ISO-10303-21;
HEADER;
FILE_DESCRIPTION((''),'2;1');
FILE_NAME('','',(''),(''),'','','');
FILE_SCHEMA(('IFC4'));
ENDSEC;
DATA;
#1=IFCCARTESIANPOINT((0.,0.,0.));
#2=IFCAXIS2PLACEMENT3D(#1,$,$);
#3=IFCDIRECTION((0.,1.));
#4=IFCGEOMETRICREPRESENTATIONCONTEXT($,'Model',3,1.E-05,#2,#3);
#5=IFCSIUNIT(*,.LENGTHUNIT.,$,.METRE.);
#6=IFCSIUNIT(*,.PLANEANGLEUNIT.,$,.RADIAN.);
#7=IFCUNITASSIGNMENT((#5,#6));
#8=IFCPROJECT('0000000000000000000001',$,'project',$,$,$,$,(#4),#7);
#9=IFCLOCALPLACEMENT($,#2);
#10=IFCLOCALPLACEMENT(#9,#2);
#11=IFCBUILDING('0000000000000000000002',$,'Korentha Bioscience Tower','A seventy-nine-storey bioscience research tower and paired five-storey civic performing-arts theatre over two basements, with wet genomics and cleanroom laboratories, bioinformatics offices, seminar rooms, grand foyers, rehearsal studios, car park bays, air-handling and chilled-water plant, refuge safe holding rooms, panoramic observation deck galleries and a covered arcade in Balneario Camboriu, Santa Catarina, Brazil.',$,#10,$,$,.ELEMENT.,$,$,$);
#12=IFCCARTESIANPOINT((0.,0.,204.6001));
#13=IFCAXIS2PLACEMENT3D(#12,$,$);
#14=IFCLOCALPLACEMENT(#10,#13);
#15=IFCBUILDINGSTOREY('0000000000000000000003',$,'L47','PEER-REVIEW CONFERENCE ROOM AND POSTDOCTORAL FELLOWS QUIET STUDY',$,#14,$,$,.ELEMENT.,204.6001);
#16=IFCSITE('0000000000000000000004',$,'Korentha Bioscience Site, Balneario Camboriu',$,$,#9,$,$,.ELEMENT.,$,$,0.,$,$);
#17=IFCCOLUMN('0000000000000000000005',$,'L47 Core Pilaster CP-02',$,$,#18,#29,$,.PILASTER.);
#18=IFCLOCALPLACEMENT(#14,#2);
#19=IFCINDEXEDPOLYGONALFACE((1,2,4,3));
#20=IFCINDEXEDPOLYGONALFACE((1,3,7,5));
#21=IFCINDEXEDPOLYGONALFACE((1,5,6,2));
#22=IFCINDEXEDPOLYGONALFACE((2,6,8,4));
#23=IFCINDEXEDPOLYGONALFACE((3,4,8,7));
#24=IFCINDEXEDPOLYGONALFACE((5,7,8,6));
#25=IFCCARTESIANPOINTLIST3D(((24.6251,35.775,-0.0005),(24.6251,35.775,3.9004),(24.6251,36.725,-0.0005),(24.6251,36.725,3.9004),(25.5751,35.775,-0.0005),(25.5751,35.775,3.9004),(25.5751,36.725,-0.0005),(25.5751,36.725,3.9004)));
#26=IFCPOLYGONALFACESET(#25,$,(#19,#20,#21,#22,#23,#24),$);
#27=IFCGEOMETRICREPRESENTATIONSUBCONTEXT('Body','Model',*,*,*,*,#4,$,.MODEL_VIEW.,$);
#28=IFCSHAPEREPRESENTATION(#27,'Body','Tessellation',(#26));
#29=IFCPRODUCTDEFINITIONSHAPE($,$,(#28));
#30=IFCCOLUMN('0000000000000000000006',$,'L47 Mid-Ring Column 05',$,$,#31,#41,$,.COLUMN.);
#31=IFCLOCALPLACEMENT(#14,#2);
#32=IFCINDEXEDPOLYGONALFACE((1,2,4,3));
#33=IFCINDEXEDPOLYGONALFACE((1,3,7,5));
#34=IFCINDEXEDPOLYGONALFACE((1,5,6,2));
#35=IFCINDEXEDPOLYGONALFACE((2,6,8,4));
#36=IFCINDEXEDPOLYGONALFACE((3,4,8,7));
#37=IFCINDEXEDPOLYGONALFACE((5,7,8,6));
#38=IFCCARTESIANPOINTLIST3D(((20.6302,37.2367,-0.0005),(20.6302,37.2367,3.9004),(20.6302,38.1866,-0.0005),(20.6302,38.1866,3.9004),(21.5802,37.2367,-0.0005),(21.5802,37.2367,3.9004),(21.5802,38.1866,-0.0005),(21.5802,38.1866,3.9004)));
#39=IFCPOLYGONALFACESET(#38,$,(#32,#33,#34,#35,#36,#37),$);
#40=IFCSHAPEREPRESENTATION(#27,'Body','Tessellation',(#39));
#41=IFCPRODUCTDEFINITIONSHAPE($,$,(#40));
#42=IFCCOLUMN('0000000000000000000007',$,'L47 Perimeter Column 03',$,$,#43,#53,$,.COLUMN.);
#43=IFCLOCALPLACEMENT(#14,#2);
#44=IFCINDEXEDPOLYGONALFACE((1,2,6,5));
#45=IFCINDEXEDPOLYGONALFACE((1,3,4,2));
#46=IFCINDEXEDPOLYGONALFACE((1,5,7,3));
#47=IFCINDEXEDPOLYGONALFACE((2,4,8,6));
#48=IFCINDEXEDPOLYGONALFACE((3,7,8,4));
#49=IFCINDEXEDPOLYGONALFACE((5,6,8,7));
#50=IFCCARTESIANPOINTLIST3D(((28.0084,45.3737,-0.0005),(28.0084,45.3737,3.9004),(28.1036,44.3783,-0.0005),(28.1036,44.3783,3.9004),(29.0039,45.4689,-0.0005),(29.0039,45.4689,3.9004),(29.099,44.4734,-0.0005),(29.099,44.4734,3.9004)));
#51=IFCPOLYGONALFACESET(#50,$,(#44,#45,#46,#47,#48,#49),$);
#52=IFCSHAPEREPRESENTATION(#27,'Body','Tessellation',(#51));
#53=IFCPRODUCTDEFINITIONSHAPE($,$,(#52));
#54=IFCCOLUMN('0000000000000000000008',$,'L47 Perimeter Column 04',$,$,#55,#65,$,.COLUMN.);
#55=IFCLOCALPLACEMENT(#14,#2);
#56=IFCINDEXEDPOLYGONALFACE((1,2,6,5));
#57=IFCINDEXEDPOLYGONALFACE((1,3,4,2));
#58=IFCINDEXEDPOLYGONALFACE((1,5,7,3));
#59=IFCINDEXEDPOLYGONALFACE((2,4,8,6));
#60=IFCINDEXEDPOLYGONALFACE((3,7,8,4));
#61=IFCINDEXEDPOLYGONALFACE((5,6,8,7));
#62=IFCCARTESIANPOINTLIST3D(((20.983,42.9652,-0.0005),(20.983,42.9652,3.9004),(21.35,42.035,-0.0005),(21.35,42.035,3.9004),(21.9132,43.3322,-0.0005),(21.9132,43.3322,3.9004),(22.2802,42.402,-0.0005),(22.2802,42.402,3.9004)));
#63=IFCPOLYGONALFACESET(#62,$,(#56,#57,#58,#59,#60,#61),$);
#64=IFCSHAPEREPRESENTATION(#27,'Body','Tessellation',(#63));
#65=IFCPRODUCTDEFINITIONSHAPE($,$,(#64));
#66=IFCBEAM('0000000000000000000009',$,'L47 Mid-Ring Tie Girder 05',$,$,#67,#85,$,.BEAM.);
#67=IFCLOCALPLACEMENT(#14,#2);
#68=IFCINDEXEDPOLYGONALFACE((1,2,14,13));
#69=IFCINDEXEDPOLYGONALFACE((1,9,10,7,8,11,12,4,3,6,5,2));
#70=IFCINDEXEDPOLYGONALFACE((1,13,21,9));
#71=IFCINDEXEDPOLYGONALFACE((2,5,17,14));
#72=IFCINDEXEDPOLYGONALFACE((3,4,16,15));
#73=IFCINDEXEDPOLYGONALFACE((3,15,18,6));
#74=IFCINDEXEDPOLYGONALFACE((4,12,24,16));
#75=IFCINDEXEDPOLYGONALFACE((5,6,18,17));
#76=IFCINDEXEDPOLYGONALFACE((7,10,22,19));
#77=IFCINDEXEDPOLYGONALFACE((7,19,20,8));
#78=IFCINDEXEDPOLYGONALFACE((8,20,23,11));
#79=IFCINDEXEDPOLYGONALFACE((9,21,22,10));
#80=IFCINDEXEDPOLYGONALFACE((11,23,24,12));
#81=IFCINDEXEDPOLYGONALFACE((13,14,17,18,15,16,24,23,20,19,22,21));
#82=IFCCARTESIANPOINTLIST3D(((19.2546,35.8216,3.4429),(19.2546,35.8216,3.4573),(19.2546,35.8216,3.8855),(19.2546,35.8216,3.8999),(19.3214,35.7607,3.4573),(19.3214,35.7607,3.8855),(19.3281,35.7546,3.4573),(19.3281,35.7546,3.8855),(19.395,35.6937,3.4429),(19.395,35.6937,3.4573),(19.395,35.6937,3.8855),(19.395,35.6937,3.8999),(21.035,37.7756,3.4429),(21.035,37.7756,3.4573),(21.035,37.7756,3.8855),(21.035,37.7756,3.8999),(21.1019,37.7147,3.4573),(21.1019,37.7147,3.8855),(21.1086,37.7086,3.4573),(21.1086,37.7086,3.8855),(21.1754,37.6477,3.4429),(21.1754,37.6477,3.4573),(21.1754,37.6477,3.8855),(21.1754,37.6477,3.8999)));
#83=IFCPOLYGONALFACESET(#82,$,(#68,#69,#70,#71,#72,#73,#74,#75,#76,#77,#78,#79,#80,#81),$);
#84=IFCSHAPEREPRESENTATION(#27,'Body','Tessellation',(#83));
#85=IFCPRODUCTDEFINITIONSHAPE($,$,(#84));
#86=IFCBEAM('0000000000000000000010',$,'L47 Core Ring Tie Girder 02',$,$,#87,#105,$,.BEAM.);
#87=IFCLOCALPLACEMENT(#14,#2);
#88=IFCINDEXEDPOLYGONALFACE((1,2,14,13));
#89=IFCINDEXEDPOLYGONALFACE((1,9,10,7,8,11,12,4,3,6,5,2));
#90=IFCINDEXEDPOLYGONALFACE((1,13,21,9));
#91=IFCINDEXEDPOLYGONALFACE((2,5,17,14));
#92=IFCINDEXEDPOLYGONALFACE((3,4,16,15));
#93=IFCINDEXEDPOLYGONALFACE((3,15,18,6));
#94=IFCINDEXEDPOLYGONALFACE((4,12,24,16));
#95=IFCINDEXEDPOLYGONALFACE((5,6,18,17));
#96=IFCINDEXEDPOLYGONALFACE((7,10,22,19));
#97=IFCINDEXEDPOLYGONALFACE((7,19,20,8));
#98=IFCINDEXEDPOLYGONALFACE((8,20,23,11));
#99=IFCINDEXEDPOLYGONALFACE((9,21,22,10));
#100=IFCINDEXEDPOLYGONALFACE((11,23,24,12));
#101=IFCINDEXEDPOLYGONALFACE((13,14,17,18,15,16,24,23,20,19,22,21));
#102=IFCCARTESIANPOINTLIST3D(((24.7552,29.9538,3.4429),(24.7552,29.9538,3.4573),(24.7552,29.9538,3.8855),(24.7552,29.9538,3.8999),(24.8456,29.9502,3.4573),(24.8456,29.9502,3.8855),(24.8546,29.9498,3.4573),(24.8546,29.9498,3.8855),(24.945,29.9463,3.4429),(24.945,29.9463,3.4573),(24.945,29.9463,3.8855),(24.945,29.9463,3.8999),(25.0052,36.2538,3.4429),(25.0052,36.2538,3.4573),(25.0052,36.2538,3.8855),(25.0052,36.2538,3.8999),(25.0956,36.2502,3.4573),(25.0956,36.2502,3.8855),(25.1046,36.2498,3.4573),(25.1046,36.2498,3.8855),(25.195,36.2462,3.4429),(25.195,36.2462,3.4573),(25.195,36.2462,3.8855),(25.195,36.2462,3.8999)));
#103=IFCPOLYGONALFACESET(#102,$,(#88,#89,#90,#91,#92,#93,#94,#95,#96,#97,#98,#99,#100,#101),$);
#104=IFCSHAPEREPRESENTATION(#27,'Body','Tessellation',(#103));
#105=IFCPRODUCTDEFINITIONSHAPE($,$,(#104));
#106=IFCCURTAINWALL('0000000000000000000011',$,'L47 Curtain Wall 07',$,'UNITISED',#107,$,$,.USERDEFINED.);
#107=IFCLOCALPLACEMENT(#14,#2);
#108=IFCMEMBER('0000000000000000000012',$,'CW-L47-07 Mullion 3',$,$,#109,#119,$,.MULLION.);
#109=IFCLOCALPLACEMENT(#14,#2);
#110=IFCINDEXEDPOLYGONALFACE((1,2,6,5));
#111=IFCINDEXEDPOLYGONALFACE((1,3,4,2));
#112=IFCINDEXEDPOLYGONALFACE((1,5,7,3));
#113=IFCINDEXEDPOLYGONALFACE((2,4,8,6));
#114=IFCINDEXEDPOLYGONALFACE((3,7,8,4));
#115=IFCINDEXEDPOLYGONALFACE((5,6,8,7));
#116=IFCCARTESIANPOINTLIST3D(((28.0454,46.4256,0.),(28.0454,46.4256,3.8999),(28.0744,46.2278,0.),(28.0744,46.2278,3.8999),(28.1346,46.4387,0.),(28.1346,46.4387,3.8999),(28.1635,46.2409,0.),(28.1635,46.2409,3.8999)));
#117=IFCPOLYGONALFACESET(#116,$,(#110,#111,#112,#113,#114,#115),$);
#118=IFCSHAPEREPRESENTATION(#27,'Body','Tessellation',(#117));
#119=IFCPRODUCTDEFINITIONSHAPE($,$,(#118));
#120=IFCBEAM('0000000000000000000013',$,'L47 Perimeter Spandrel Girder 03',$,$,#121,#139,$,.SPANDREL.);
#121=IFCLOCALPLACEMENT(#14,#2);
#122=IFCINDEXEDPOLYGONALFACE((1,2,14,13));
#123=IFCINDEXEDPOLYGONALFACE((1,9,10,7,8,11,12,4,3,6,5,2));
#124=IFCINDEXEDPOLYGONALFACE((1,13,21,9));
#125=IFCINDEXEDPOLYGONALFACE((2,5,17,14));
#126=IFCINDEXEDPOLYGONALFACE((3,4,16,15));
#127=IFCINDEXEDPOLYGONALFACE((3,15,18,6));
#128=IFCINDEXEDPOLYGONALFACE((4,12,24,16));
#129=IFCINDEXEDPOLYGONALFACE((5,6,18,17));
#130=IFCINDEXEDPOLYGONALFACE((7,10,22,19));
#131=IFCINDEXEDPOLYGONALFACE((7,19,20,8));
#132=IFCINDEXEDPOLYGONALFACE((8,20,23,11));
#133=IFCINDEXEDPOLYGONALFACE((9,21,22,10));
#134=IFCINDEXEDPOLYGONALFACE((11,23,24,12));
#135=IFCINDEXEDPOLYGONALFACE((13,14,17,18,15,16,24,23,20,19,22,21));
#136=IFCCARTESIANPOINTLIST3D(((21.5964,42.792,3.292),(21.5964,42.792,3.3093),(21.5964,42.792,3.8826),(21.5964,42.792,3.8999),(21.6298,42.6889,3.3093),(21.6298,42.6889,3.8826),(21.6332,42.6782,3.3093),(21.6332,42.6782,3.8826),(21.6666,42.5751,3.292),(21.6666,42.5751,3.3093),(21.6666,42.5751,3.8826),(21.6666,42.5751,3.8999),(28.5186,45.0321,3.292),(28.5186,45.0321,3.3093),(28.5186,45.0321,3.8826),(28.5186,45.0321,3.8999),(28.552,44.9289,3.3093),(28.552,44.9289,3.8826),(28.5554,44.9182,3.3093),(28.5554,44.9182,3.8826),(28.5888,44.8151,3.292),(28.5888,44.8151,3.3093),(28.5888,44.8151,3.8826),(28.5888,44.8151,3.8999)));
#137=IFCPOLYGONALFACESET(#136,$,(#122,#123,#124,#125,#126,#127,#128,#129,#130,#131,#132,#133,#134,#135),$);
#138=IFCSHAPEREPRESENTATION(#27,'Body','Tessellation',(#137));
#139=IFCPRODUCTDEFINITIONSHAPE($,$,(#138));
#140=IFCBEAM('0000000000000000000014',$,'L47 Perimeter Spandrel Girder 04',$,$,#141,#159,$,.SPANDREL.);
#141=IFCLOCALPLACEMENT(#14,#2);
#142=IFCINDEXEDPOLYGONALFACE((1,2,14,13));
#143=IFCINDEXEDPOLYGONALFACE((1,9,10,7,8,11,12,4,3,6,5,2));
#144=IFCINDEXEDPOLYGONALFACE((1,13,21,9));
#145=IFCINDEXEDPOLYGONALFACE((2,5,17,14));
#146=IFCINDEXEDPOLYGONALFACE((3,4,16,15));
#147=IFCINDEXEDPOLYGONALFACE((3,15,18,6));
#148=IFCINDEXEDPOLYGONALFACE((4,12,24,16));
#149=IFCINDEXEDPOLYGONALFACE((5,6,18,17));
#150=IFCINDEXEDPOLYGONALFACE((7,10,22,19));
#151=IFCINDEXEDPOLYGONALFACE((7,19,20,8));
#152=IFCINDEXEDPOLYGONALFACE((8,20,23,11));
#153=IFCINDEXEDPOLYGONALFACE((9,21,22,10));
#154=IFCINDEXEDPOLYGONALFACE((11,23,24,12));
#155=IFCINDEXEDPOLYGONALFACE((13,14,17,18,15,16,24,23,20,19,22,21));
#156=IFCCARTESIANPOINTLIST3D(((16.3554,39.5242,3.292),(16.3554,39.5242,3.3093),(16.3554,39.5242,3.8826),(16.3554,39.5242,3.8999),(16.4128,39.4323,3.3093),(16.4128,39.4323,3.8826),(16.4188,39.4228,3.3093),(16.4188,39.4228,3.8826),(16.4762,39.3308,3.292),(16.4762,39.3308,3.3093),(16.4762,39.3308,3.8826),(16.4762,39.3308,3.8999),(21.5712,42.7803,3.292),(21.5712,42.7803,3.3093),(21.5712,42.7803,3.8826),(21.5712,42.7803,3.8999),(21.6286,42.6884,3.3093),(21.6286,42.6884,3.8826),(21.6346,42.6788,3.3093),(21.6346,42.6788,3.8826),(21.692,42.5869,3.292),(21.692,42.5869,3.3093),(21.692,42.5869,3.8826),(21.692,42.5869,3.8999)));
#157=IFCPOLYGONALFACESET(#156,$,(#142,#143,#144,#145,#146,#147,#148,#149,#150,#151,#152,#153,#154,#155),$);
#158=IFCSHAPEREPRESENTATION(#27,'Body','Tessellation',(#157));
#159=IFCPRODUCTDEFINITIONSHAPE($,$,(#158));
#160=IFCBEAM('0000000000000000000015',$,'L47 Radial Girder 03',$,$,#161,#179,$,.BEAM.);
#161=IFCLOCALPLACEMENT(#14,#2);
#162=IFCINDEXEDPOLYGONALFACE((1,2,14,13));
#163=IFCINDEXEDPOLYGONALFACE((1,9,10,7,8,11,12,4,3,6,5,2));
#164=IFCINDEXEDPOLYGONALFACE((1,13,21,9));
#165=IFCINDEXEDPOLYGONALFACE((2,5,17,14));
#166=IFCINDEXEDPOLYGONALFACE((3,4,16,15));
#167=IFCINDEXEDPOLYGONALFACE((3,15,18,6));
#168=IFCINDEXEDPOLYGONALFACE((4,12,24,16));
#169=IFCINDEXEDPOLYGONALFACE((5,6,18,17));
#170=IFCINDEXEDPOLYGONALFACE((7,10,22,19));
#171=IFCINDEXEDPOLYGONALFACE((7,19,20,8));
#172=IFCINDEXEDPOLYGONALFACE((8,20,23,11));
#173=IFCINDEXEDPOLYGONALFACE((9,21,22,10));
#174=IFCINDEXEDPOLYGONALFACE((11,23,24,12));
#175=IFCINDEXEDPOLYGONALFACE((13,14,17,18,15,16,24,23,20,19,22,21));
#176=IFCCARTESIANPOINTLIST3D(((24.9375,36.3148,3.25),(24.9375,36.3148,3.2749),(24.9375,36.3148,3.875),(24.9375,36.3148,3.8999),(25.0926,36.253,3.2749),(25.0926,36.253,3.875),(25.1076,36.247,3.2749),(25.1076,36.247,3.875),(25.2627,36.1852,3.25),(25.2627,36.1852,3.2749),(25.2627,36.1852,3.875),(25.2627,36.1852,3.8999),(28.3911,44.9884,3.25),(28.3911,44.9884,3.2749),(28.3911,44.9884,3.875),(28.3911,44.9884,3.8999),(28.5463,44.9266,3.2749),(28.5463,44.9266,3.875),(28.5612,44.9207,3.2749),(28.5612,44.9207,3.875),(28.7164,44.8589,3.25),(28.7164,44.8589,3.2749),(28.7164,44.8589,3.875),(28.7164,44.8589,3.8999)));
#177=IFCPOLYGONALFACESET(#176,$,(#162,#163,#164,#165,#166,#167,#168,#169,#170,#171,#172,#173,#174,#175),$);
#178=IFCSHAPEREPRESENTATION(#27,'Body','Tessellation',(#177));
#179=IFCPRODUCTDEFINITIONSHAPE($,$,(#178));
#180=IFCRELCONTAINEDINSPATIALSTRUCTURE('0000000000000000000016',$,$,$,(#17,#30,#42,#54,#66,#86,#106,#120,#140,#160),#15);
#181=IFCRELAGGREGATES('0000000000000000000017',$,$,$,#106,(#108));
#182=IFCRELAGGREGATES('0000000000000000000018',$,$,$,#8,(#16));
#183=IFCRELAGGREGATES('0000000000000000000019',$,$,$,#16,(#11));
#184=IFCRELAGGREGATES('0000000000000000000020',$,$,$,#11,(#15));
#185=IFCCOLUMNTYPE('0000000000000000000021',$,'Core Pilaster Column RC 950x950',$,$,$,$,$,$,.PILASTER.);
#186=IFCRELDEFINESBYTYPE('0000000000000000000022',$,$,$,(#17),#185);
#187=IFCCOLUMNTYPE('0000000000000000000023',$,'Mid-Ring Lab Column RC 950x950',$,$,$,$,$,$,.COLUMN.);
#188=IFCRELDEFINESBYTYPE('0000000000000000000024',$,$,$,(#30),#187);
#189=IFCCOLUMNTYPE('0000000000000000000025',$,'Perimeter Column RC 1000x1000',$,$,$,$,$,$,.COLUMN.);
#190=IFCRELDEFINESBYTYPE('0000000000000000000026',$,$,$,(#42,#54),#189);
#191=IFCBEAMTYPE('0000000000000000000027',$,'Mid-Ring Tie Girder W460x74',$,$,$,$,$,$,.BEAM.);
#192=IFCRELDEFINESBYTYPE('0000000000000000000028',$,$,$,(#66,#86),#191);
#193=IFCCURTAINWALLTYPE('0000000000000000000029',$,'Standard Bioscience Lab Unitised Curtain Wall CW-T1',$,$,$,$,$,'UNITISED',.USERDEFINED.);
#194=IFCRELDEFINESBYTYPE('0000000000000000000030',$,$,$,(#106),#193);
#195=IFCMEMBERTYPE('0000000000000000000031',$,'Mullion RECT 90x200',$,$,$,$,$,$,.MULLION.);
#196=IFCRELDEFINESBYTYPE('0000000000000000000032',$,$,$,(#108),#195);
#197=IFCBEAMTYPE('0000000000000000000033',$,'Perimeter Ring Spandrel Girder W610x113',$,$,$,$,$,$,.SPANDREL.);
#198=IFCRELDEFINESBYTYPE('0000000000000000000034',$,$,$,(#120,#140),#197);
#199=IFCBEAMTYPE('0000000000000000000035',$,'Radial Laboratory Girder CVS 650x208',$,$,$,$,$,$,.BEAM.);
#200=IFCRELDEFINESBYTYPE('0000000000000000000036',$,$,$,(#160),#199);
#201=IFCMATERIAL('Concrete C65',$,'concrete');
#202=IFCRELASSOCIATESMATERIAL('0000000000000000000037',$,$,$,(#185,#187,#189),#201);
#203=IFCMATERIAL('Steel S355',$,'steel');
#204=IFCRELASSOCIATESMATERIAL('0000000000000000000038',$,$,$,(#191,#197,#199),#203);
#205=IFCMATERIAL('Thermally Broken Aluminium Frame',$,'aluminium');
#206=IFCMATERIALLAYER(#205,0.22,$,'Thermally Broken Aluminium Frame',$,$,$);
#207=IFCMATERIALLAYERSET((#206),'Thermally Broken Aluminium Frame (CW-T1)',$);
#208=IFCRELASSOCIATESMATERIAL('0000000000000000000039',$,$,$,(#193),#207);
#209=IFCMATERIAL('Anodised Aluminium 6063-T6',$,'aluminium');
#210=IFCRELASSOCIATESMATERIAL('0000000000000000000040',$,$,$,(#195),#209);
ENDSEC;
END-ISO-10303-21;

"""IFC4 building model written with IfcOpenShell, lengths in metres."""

from ifc_helpers import new_model, si_unit, direction, frame, origin, origin_2d, place, context, subcontext, project, spatial, rectangle, i_section, extrude, material, layer, layer_set, material_profile, profile_set, type_object, element, aggregate, save


model = new_model("IFC4")

# Units and contexts
model_context = context("Model", 3, precision=1e-05, world=origin(), true_north=direction((0.0, 1.0)))
body_context = subcontext(model_context, "Body", "Model", "MODEL_VIEW")
ifc_project = project(units=[si_unit("LENGTHUNIT", "METRE"), si_unit("PLANEANGLEUNIT", "RADIAN")], contexts=[model_context])

# Site, building, storey
site_placement = place(None, origin())
site = spatial("IfcSite", under=ifc_project, at=site_placement, Name="Korentha Bioscience Site, Balneario Camboriu", CompositionType="ELEMENT", RefElevation=0.0)
building_placement = place(site_placement, origin())
building = spatial("IfcBuilding", under=site, at=building_placement, Name="Korentha Bioscience Tower", Description="A seventy-nine-storey bioscience research tower and paired five-storey civic performing-arts theatre over two basements, with wet genomics and cleanroom laboratories, bioinformatics offices, seminar rooms, grand foyers, rehearsal studios, car park bays, air-handling and chilled-water plant, refuge safe holding rooms, panoramic observation deck galleries and a covered arcade in Balneario Camboriu, Santa Catarina, Brazil.", CompositionType="ELEMENT")
storey_placement = place(building_placement, frame((0.0, 0.0, 204.6001)))
storey = spatial("IfcBuildingStorey", under=building, at=storey_placement, Name="L47", Description="PEER-REVIEW CONFERENCE ROOM AND POSTDOCTORAL FELLOWS QUIET STUDY", CompositionType="ELEMENT", Elevation=204.6001)

# Columns
ifc_material_1 = material(Name="Concrete C65", Category="concrete")
ifc_material_profile_1 = material_profile(ifc_material_1, rectangle(XDim=0.95, YDim=0.95, at=origin_2d()), Name="Concrete C65")
ifc_profile_set_1 = profile_set([ifc_material_profile_1], Name="Concrete C65 (COL-CP09)")
column_type_1 = type_object("IfcColumnType", Name="Core Pilaster Column RC 950x950", PredefinedType="PILASTER", material=ifc_profile_set_1)
column_1_placement = place(storey_placement, frame((25.1001, 36.25, -0.0005), z_axis=(0.0, 0.0, 1.0), x_axis=(1.0, 0.0, 0.0)))
element("IfcColumn", 1, at=column_1_placement, inside=storey, type_object=column_type_1, Name="L47 Core Pilaster CP-02", PredefinedType="PILASTER", context=body_context, shape_type="SweptSolid", body=[
    extrude(rectangle(XDim=0.95, YDim=0.95, at=origin_2d()), origin(), (0.0, 0.0, 1.0), 3.9009),
])
ifc_material_profile_2 = material_profile(ifc_material_1, rectangle(XDim=0.95, YDim=0.95, at=origin_2d()), Name="Concrete C65")
ifc_profile_set_2 = profile_set([ifc_material_profile_2], Name="Concrete C65 (COL-MR09)")
column_type_2 = type_object("IfcColumnType", Name="Mid-Ring Lab Column RC 950x950", PredefinedType="COLUMN", material=ifc_profile_set_2)
column_2_placement = place(storey_placement, frame((21.1052, 37.7117, -0.0005), z_axis=(0.0, 0.0, 1.0), x_axis=(1.0, 0.0, 0.0)))
element("IfcColumn", 2, at=column_2_placement, inside=storey, type_object=column_type_2, Name="L47 Mid-Ring Column 05", PredefinedType="COLUMN", context=body_context, shape_type="SweptSolid", body=[
    extrude(rectangle(XDim=0.95, YDim=0.95, at=origin_2d()), origin(), (0.0, 0.0, 1.0), 3.9009),
])
ifc_material_profile_3 = material_profile(ifc_material_1, rectangle(XDim=1.0, YDim=1.0, at=origin_2d()), Name="Concrete C65")
ifc_profile_set_3 = profile_set([ifc_material_profile_3], Name="Concrete C65 (COL-P10)")
column_type_3 = type_object("IfcColumnType", Name="Perimeter Column RC 1000x1000", PredefinedType="COLUMN", material=ifc_profile_set_3)
for number, where, z_axis, x_axis, name in (
    (3, (28.5537, 44.9236, -0.0005), (0.0, 0.0, 1.0), (0.995463, 0.095151, 0.0), "L47 Perimeter Column 03"),
    (4, (21.6316, 42.6836, -0.0005), (0.0, 0.0, 1.0), (0.930226, 0.366988, 0.0), "L47 Perimeter Column 04"),
):
    element("IfcColumn", number, at=place(storey_placement, frame(where, z_axis=z_axis, x_axis=x_axis)), inside=storey, type_object=column_type_3, Name=name, PredefinedType="COLUMN", context=body_context, shape_type="SweptSolid", body=[
        extrude(rectangle(XDim=1.0, YDim=1.0, at=origin_2d()), origin(), (0.0, 0.0, 1.0), 3.9009),
    ])

# Beams
ifc_material_2 = material(Name="Steel S355", Category="steel")
ifc_material_profile_4 = material_profile(ifc_material_2, i_section(OverallWidth=0.1899, OverallDepth=0.457, WebThickness=0.009, FlangeThickness=0.0144, at=origin_2d()), Name="Steel S355")
ifc_profile_set_4 = profile_set([ifc_material_profile_4], Name="Steel S355 (MB-460)")
beam_type_1 = type_object("IfcBeamType", Name="Mid-Ring Tie Girder W460x74", PredefinedType="BEAM", material=ifc_profile_set_4)
beam_1_placement = place(storey_placement, frame((21.1052, 37.7117, 3.6714), z_axis=(-0.673514, -0.739175, 0.0), x_axis=(0.739175, -0.673514, 0.0)))
element("IfcBeam", 5, at=beam_1_placement, inside=storey, type_object=beam_type_1, Name="L47 Mid-Ring Tie Girder 05", PredefinedType="BEAM", context=body_context, shape_type="SweptSolid", body=[
    extrude(i_section(OverallWidth=0.1899, OverallDepth=0.457, WebThickness=0.009, FlangeThickness=0.0144, at=origin_2d()), origin(), (0.0, 0.0, 1.0), 2.6436),
])
beam_2_placement = place(storey_placement, frame((25.1001, 36.25, 3.6714), z_axis=(-0.039651, -0.999214, 0.0), x_axis=(0.999214, -0.039651, 0.0)))
element("IfcBeam", 6, at=beam_2_placement, inside=storey, type_object=beam_type_1, Name="L47 Core Ring Tie Girder 02", PredefinedType="BEAM", context=body_context, shape_type="SweptSolid", body=[
    extrude(i_section(OverallWidth=0.1899, OverallDepth=0.457, WebThickness=0.009, FlangeThickness=0.0144, at=origin_2d()), origin(), (0.0, 0.0, 1.0), 6.3049),
])

# Curtain wall, member
ifc_material_3 = material(Name="Thermally Broken Aluminium Frame", Category="aluminium")
ifc_layer_1 = layer(ifc_material_3, 0.22, Name="Thermally Broken Aluminium Frame")
ifc_layer_set_1 = layer_set([ifc_layer_1], Name="Thermally Broken Aluminium Frame (CW-T1)")
curtain_wall_type = type_object("IfcCurtainWallType", Name="Standard Bioscience Lab Unitised Curtain Wall CW-T1", ElementType="UNITISED", PredefinedType="USERDEFINED", material=ifc_layer_set_1)
curtain_wall_placement = place(storey_placement, origin())
curtain_wall = element("IfcCurtainWall", 7, at=curtain_wall_placement, inside=storey, type_object=curtain_wall_type, Name="L47 Curtain Wall 07", ObjectType="UNITISED", PredefinedType="USERDEFINED")
ifc_material_4 = material(Name="Anodised Aluminium 6063-T6", Category="aluminium")
ifc_material_profile_5 = material_profile(ifc_material_4, rectangle(XDim=0.0901, YDim=0.2, at=origin_2d()), Name="Anodised Aluminium 6063-T6")
ifc_profile_set_5 = profile_set([ifc_material_profile_5], Name="Anodised Aluminium 6063-T6 (CW-MUL)")
member_type = type_object("IfcMemberType", Name="Mullion RECT 90x200", PredefinedType="MULLION", material=ifc_profile_set_5)
member_placement = place(storey_placement, frame((28.1045, 46.3333, 0.0), z_axis=(0.0, 0.0, 1.0), x_axis=(-0.989449, -0.144878, 0.0)))
member = element("IfcMember", 8, at=member_placement, type_object=member_type, Name="CW-L47-07 Mullion 3", PredefinedType="MULLION", context=body_context, shape_type="SweptSolid", body=[
    extrude(rectangle(XDim=0.0901, YDim=0.2, at=origin_2d()), origin(), (0.0, 0.0, 1.0), 3.8999),
])
aggregate(curtain_wall, [member])

# Beams
ifc_material_profile_6 = material_profile(ifc_material_2, i_section(OverallWidth=0.228, OverallDepth=0.6079, WebThickness=0.0112, FlangeThickness=0.0173, at=origin_2d()), Name="Steel S355")
ifc_profile_set_6 = profile_set([ifc_material_profile_6], Name="Steel S355 (SB-610)")
beam_type_2 = type_object("IfcBeamType", Name="Perimeter Ring Spandrel Girder W610x113", PredefinedType="SPANDREL", material=ifc_profile_set_6)
beam_3_placement = place(storey_placement, frame((28.5537, 44.9236, 3.5959), z_axis=(-0.951425, -0.30788, 0.0), x_axis=(0.30788, -0.951425, 0.0)))
element("IfcBeam", 9, at=beam_3_placement, inside=storey, type_object=beam_type_2, Name="L47 Perimeter Spandrel Girder 03", PredefinedType="SPANDREL", context=body_context, shape_type="SweptSolid", body=[
    extrude(i_section(OverallWidth=0.228, OverallDepth=0.6079, WebThickness=0.0112, FlangeThickness=0.0173, at=origin_2d()), origin(), (0.0, 0.0, 1.0), 7.2756),
])
beam_4_placement = place(storey_placement, frame((21.6316, 42.6836, 3.5959), z_axis=(-0.848275, -0.529556, 0.0), x_axis=(0.529556, -0.848275, 0.0)))
element("IfcBeam", 10, at=beam_4_placement, inside=storey, type_object=beam_type_2, Name="L47 Perimeter Spandrel Girder 04", PredefinedType="SPANDREL", context=body_context, shape_type="SweptSolid", body=[
    extrude(i_section(OverallWidth=0.228, OverallDepth=0.6079, WebThickness=0.0112, FlangeThickness=0.0173, at=origin_2d()), origin(), (0.0, 0.0, 1.0), 6.1487),
])
ifc_material_profile_7 = material_profile(ifc_material_2, i_section(OverallWidth=0.3501, OverallDepth=0.6499, WebThickness=0.0161, FlangeThickness=0.0249, at=origin_2d()), Name="Steel S355")
ifc_profile_set_7 = profile_set([ifc_material_profile_7], Name="Steel S355 (RB-650)")
beam_type_3 = type_object("IfcBeamType", Name="Radial Laboratory Girder CVS 650x208", PredefinedType="BEAM", material=ifc_profile_set_7)
beam_5_placement = place(storey_placement, frame((25.1001, 36.25, 3.575), z_axis=(0.369929, 0.92906, 0.0), x_axis=(-0.92906, 0.369929, 0.0)))
element("IfcBeam", 11, at=beam_5_placement, inside=storey, type_object=beam_type_3, Name="L47 Radial Girder 03", PredefinedType="BEAM", context=body_context, shape_type="SweptSolid", body=[
    extrude(i_section(OverallWidth=0.3501, OverallDepth=0.6499, WebThickness=0.0161, FlangeThickness=0.0249, at=origin_2d()), origin(), (0.0, 0.0, 1.0), 9.3359),
])

save(model, "model.ifc")
